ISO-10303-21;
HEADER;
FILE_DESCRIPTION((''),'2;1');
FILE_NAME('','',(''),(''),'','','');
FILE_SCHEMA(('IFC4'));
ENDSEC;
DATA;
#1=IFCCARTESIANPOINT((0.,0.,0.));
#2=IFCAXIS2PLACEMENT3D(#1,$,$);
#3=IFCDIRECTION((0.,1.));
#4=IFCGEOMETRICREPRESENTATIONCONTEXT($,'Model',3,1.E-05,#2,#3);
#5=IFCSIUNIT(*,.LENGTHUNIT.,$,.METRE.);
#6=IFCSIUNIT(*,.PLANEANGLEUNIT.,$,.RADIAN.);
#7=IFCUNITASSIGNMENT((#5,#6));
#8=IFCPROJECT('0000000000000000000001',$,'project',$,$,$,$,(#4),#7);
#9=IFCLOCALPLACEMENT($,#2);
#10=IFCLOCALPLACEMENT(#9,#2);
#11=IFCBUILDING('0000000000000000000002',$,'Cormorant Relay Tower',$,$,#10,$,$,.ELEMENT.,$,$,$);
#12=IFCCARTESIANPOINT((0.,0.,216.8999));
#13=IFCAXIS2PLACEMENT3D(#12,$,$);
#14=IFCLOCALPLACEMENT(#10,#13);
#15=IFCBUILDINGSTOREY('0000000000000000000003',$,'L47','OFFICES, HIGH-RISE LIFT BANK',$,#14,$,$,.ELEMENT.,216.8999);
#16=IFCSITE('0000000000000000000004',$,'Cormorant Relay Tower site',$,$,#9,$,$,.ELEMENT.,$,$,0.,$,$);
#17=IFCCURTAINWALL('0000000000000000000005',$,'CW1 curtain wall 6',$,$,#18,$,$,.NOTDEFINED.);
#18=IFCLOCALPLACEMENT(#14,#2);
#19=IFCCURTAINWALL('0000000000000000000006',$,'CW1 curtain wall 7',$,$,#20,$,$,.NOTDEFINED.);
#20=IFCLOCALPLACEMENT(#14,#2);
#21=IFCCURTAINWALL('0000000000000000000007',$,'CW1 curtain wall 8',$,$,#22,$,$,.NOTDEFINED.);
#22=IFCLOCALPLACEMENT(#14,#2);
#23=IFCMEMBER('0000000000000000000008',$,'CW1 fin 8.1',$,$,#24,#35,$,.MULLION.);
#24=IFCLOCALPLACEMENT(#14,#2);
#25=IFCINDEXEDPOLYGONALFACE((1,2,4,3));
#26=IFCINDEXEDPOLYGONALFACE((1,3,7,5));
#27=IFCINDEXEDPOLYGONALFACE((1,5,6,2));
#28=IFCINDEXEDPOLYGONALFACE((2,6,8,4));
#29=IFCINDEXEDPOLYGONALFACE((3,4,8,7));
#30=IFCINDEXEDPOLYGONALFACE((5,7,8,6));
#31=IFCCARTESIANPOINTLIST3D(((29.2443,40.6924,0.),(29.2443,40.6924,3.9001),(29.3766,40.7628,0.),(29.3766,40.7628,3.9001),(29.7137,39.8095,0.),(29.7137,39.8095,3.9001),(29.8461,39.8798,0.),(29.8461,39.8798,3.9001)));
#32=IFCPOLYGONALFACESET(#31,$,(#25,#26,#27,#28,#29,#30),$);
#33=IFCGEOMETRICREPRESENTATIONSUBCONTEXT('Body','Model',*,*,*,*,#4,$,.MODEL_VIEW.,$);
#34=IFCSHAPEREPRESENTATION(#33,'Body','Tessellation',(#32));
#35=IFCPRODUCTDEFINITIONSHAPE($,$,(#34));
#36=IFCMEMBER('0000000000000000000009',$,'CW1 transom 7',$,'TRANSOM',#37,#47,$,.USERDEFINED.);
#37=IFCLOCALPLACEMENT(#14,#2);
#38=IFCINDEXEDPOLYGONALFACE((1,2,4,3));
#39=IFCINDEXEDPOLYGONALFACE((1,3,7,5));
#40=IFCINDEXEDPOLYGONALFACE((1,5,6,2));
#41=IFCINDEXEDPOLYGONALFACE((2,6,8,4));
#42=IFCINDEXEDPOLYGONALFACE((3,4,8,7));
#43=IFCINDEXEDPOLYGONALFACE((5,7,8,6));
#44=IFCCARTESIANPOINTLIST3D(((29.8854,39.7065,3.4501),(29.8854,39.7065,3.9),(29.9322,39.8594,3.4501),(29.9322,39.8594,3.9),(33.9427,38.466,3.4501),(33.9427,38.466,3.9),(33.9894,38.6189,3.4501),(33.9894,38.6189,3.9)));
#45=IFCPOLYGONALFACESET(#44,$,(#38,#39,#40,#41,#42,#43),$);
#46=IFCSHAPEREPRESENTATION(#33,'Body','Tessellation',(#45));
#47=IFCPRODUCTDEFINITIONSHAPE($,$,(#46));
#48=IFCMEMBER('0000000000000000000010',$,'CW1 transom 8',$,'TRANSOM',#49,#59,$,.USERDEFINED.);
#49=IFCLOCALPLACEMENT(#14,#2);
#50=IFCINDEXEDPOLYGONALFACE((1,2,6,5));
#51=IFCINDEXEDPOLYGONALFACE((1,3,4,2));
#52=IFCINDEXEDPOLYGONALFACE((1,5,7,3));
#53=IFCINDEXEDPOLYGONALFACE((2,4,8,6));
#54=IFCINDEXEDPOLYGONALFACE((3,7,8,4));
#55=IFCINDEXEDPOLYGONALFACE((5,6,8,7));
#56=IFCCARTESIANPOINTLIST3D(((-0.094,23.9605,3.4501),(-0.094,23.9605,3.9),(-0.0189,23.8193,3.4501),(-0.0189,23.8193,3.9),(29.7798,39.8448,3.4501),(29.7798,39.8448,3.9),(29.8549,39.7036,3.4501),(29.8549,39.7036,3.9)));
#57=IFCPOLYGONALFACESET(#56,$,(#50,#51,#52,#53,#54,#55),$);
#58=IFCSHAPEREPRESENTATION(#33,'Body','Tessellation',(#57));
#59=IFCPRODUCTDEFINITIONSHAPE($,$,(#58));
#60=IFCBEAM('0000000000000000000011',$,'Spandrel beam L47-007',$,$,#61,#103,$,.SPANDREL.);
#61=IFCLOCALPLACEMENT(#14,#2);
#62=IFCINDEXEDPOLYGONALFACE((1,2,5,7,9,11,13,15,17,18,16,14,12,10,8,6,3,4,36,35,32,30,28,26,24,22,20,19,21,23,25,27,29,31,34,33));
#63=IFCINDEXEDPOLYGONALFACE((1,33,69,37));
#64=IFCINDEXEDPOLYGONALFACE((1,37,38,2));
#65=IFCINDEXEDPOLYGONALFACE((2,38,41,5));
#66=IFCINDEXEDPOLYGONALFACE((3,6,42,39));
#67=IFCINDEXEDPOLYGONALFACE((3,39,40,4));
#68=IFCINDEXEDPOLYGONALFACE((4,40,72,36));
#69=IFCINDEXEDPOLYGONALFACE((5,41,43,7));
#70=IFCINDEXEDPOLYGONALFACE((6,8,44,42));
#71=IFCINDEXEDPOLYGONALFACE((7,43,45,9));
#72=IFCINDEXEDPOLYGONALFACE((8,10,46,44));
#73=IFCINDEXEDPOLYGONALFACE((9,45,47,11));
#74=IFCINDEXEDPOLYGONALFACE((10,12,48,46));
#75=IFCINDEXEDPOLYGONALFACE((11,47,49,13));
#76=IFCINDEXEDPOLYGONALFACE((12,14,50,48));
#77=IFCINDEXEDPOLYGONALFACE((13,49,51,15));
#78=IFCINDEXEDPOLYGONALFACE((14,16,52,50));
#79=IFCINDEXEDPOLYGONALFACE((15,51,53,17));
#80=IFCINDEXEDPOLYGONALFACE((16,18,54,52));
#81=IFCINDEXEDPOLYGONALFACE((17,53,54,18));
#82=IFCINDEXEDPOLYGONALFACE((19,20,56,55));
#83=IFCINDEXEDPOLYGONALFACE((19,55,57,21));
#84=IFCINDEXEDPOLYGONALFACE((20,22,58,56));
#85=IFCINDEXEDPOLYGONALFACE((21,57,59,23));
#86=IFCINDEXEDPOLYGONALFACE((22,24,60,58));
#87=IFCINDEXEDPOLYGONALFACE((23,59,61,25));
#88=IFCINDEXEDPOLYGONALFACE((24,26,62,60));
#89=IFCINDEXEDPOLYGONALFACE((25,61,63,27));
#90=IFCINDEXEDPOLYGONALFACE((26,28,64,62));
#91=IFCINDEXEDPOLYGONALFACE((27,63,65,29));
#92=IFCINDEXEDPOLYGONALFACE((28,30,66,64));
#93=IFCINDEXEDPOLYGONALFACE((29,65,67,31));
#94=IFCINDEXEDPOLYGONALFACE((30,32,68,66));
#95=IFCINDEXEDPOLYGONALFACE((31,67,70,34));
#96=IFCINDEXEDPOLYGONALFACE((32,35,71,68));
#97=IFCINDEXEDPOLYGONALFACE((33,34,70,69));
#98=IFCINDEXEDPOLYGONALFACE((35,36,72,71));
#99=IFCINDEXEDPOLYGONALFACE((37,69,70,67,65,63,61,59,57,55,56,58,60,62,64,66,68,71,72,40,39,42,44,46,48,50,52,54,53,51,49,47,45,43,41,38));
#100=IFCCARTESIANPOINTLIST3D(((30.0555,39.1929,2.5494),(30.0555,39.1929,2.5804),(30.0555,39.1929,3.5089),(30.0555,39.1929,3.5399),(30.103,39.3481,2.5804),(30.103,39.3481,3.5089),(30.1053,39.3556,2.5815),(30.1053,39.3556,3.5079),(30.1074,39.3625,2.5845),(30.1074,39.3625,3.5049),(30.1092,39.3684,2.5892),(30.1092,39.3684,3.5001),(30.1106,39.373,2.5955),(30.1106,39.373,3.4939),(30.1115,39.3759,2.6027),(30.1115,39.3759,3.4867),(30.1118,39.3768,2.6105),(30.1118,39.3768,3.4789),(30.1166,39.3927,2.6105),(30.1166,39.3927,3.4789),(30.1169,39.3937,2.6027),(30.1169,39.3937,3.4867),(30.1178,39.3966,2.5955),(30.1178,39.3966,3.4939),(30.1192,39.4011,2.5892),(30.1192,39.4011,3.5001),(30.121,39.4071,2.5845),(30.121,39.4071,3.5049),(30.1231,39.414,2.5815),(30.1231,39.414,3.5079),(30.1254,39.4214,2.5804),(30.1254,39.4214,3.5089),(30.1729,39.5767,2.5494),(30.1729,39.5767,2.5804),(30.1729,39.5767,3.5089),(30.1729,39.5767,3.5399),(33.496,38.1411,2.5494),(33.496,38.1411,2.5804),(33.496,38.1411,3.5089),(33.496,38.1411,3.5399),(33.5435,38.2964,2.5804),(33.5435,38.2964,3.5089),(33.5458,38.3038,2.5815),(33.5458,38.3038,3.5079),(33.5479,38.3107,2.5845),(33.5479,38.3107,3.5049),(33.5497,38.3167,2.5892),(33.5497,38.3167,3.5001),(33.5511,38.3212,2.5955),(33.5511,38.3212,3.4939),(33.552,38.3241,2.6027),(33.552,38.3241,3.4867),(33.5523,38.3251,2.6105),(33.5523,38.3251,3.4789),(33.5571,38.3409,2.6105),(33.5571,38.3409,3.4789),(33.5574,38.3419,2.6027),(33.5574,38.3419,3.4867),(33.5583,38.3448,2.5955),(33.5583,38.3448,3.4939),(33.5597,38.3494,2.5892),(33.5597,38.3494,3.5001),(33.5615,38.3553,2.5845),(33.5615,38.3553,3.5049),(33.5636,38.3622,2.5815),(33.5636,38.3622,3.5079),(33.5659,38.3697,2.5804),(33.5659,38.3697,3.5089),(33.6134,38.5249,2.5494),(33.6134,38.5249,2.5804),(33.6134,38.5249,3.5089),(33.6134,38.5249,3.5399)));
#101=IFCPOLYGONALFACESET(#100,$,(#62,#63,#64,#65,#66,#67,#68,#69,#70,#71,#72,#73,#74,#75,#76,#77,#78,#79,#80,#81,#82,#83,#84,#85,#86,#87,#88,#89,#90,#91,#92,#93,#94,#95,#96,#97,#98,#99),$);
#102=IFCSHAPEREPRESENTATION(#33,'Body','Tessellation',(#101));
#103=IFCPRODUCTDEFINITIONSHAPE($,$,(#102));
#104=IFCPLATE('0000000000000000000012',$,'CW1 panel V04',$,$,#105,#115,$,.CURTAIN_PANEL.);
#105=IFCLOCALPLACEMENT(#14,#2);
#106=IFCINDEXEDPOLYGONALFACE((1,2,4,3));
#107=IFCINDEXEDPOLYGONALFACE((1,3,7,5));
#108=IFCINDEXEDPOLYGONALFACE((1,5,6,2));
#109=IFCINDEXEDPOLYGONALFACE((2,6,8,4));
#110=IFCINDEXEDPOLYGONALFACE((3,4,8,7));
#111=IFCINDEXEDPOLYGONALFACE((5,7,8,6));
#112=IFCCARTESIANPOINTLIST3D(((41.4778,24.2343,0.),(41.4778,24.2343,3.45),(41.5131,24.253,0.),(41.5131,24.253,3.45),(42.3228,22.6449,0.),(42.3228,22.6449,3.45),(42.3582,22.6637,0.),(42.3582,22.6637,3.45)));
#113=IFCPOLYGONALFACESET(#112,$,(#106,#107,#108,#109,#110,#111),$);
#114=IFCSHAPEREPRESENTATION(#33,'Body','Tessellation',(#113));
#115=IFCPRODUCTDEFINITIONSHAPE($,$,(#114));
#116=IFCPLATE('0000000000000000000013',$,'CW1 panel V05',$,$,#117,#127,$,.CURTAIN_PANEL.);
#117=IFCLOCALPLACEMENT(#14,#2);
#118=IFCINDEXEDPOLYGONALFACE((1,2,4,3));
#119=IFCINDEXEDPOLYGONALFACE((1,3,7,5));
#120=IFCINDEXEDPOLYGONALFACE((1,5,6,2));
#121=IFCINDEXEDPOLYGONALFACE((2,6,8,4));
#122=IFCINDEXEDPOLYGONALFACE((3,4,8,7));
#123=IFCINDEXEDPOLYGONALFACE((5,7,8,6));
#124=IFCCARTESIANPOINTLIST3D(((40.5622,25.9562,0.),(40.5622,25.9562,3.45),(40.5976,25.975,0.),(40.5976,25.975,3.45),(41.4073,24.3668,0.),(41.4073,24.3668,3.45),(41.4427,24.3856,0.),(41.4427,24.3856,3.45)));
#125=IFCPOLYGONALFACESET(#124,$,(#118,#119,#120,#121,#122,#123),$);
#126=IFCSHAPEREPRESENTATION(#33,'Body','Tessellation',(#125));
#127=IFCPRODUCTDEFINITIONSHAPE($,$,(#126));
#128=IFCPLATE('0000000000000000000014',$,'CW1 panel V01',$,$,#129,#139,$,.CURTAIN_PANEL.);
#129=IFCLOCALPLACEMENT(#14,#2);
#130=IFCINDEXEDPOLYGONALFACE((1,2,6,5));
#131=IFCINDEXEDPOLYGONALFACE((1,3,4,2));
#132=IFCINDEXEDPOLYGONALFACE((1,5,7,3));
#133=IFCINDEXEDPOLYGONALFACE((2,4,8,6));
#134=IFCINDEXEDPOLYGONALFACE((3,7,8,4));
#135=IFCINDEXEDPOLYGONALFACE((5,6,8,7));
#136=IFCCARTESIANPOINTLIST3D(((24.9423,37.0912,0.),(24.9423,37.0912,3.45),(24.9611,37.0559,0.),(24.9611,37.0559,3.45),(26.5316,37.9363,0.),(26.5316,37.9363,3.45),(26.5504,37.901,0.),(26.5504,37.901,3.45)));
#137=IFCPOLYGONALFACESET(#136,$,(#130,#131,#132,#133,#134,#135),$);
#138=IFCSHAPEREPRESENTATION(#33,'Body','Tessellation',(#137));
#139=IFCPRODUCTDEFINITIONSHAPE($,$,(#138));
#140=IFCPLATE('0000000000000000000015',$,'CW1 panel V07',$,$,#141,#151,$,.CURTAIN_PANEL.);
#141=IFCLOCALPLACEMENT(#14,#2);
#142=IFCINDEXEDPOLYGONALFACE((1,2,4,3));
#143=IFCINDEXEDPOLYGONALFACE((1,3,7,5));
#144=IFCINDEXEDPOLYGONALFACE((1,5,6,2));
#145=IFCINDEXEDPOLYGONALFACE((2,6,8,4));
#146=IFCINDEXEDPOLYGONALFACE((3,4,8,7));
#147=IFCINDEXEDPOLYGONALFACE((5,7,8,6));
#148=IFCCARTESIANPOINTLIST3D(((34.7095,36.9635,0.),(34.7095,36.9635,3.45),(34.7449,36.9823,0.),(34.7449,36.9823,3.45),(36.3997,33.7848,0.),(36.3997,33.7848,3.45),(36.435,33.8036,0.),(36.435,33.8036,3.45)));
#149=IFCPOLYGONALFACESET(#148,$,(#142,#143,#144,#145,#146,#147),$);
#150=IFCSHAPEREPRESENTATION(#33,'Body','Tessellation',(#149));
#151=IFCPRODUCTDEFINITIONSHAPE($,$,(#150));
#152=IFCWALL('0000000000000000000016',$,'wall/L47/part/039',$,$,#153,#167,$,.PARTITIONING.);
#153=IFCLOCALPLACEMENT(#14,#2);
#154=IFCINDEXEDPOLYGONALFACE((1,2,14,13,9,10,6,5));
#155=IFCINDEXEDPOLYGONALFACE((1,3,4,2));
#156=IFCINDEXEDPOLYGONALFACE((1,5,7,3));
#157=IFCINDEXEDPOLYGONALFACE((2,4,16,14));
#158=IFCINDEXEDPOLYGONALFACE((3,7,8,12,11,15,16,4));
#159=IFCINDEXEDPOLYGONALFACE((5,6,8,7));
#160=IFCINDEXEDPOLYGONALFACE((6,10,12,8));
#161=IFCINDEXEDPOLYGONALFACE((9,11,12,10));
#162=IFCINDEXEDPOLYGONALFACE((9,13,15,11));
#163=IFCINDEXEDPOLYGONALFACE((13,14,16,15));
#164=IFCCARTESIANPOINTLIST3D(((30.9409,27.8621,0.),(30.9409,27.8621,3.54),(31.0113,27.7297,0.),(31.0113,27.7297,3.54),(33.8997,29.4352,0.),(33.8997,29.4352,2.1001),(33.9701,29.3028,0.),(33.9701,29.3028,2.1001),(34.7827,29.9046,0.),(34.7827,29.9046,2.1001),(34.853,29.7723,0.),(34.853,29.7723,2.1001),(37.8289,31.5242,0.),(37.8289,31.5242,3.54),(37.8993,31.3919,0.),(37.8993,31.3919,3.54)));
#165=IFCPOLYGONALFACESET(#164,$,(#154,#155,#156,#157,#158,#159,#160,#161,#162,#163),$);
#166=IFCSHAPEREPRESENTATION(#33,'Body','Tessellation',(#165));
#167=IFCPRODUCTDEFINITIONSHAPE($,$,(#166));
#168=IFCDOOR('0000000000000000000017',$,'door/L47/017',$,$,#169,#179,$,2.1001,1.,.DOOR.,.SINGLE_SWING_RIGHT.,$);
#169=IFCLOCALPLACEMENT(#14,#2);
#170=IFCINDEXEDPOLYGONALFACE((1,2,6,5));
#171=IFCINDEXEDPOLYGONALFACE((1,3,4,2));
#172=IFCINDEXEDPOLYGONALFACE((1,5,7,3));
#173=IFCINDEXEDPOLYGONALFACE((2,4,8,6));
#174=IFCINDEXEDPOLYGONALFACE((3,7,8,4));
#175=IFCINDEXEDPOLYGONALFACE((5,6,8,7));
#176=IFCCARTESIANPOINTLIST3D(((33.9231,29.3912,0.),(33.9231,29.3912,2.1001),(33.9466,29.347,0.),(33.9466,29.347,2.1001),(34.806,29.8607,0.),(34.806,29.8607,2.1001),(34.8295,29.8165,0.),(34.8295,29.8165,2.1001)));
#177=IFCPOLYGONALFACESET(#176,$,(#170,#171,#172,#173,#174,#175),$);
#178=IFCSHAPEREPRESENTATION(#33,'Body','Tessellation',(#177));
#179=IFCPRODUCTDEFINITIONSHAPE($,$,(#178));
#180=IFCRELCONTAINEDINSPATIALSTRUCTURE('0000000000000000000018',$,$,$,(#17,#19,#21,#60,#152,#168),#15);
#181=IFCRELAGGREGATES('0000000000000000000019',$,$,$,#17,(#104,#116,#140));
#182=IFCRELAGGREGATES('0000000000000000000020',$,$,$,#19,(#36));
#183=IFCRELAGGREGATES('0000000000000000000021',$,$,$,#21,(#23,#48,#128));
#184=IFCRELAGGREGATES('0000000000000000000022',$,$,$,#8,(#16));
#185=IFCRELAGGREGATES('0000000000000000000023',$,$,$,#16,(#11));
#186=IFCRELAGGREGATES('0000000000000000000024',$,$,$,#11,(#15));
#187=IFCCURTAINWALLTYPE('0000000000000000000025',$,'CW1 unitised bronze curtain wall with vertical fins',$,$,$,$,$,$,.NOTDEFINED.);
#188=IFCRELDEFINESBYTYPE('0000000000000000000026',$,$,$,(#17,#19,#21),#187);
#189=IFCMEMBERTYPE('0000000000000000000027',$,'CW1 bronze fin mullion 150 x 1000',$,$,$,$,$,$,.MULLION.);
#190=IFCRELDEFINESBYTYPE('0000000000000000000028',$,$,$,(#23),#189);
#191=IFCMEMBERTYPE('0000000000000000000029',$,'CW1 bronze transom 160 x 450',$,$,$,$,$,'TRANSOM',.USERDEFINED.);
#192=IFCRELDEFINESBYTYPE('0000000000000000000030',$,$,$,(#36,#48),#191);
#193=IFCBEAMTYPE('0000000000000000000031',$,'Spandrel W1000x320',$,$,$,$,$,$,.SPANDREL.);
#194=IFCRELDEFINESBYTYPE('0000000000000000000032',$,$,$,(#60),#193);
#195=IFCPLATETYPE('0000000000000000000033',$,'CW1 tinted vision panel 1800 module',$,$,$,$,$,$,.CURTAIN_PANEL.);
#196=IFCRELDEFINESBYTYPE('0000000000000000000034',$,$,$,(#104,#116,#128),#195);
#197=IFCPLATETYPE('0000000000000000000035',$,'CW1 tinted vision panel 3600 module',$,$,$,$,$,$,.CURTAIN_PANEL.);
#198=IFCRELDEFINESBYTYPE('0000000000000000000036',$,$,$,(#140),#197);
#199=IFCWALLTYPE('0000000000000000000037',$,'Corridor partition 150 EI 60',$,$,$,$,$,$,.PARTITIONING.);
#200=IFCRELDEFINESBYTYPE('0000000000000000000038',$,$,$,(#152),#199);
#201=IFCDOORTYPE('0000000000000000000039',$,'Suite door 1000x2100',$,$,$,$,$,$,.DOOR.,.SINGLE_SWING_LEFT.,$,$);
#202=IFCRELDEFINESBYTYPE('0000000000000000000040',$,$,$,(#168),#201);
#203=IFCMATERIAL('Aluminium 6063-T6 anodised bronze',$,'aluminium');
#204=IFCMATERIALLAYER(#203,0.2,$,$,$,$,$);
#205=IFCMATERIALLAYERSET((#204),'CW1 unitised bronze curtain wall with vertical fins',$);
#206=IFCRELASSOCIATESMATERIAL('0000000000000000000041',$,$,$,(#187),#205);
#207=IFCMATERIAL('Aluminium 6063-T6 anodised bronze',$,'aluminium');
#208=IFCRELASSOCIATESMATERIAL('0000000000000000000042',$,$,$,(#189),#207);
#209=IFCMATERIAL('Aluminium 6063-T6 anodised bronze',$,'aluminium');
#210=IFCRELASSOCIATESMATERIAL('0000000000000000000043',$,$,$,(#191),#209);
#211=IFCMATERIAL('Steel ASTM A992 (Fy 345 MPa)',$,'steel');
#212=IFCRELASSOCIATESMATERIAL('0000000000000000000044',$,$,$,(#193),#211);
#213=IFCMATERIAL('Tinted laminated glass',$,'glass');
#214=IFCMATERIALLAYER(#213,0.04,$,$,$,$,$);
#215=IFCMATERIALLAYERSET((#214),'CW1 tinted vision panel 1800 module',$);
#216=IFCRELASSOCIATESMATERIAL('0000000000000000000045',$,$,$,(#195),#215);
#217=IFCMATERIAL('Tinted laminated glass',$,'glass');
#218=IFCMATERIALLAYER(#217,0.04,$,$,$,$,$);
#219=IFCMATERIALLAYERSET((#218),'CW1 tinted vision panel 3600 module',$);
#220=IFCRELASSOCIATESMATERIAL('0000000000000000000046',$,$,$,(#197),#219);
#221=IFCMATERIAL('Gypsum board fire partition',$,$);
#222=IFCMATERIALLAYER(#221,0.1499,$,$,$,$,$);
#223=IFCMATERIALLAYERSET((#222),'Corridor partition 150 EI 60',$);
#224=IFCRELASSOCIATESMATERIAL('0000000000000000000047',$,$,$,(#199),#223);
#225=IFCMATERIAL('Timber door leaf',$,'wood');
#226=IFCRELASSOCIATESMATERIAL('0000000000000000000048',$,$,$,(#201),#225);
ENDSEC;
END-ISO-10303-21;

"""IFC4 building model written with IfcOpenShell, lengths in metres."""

from ifc_helpers import new_model, si_unit, direction, frame, frame_2d, origin, origin_2d, place, context, subcontext, project, spatial, rectangle, i_section, extrude, material, layer, layer_set, material_profile, profile_set, type_object, element, fill, aggregate, save


model = new_model("IFC4")

# Units and contexts
model_context = context("Model", 3, precision=1e-05, world=origin(), true_north=direction((0.0, 1.0)))
body_context = subcontext(model_context, "Body", "Model", "MODEL_VIEW")
ifc_project = project(units=[si_unit("LENGTHUNIT", "METRE"), si_unit("PLANEANGLEUNIT", "RADIAN")], contexts=[model_context])

# Site, building, storey
site_placement = place(None, origin())
site = spatial("IfcSite", under=ifc_project, at=site_placement, Name="Cormorant Relay Tower site", CompositionType="ELEMENT", RefElevation=0.0)
building_placement = place(site_placement, origin())
building = spatial("IfcBuilding", under=site, at=building_placement, Name="Cormorant Relay Tower", CompositionType="ELEMENT")
storey_placement = place(building_placement, frame((0.0, 0.0, 216.8999)))
storey = spatial("IfcBuildingStorey", under=building, at=storey_placement, Name="L47", Description="OFFICES, HIGH-RISE LIFT BANK", CompositionType="ELEMENT", Elevation=216.8999)

# Curtain wall
ifc_material_1 = material(Name="Aluminium 6063-T6 anodised bronze", Category="aluminium")
ifc_layer_1 = layer(ifc_material_1, 0.2)
ifc_layer_set_1 = layer_set([ifc_layer_1], Name="CW1 unitised bronze curtain wall with vertical fins")
curtain_wall_type = type_object("IfcCurtainWallType", Name="CW1 unitised bronze curtain wall with vertical fins", PredefinedType="NOTDEFINED", material=ifc_layer_set_1)
curtain_wall_1_placement = place(storey_placement, origin())
curtain_wall_1 = element("IfcCurtainWall", 1, at=curtain_wall_1_placement, inside=storey, type_object=curtain_wall_type, Name="CW1 curtain wall 6", PredefinedType="NOTDEFINED")
ifc_material_2 = material(Name="Aluminium 6063-T6 anodised bronze", Category="aluminium")
ifc_material_profile_1 = material_profile(ifc_material_2, rectangle(XDim=0.1499, YDim=1.0, at=origin_2d()), Name="AL 150x1000")
ifc_profile_set_1 = profile_set([ifc_material_profile_1], Name="Aluminium 6063-T6 anodised bronze")
member_type_1 = type_object("IfcMemberType", Name="CW1 bronze fin mullion 150 x 1000", PredefinedType="MULLION", material=ifc_profile_set_1)

# Curtain walls, member
curtain_wall_2_placement = place(storey_placement, origin())
curtain_wall_2 = element("IfcCurtainWall", 2, at=curtain_wall_2_placement, inside=storey, type_object=curtain_wall_type, Name="CW1 curtain wall 7", PredefinedType="NOTDEFINED")
curtain_wall_3_placement = place(storey_placement, origin())
curtain_wall_3 = element("IfcCurtainWall", 3, at=curtain_wall_3_placement, inside=storey, type_object=curtain_wall_type, Name="CW1 curtain wall 8", PredefinedType="NOTDEFINED")
member_1_placement = place(storey_placement, frame((29.5452, 40.2861, 0.0), z_axis=(0.0, 0.0, 1.0), x_axis=(-0.882948, -0.469472, 0.0)))
member_1 = element("IfcMember", 4, at=member_1_placement, type_object=member_type_1, Name="CW1 fin 8.1", PredefinedType="MULLION", context=body_context, shape_type="SweptSolid", body=[
    extrude(rectangle(XDim=0.1499, YDim=1.0, at=origin_2d()), origin(), (0.0, 0.0, 1.0), 3.9001),
])

# Members
ifc_material_3 = material(Name="Aluminium 6063-T6 anodised bronze", Category="aluminium")
ifc_material_profile_2 = material_profile(ifc_material_3, rectangle(XDim=0.1599, YDim=0.45, at=origin_2d()), Name="AL 160x450")
ifc_profile_set_2 = profile_set([ifc_material_profile_2], Name="Aluminium 6063-T6 anodised bronze")
member_type_2 = type_object("IfcMemberType", Name="CW1 bronze transom 160 x 450", ElementType="TRANSOM", PredefinedType="USERDEFINED", material=ifc_profile_set_2)
member_2_placement = place(storey_placement, frame((33.9661, 38.5425, 3.675), z_axis=(-0.956304, 0.292375, 0.0), x_axis=(-0.292375, -0.956304, 0.0)))
member_2 = element("IfcMember", 5, at=member_2_placement, type_object=member_type_2, Name="CW1 transom 7", ObjectType="TRANSOM", PredefinedType="USERDEFINED", context=body_context, shape_type="SweptSolid", body=[
    extrude(rectangle(XDim=0.1599, YDim=0.45, at=origin_2d()), origin(), (0.0, 0.0, 1.0), 4.2427),
])
member_3_placement = place(storey_placement, frame((29.8174, 39.7742, 3.675), z_axis=(-0.882946, -0.469474, 0.0), x_axis=(0.469474, -0.882946, 0.0)))
member_3 = element("IfcMember", 6, at=member_3_placement, type_object=member_type_2, Name="CW1 transom 8", ObjectType="TRANSOM", PredefinedType="USERDEFINED", context=body_context, shape_type="SweptSolid", body=[
    extrude(rectangle(XDim=0.1599, YDim=0.45, at=origin_2d()), origin(), (0.0, 0.0, 1.0), 33.8342),
])

# Beam
ifc_material_4 = material(Name="Steel ASTM A992 (Fy 345 MPa)", Category="steel")
ifc_material_profile_3 = material_profile(ifc_material_4, i_section(OverallWidth=0.4014, OverallDepth=0.9905, WebThickness=0.0166, FlangeThickness=0.031, FilletRadius=0.03, at=origin_2d()), Name="W1000x320")
ifc_profile_set_3 = profile_set([ifc_material_profile_3], Name="Steel ASTM A992 (Fy 345 MPa)")
beam_type = type_object("IfcBeamType", Name="Spandrel W1000x320", PredefinedType="SPANDREL", material=ifc_profile_set_3)
beam_placement = place(storey_placement, frame((33.5547, 38.333, 3.0447), z_axis=(-0.956312, 0.29235, 0.0), x_axis=(-0.29235, -0.956312, 0.0)))
element("IfcBeam", 7, at=beam_placement, inside=storey, type_object=beam_type, Name="Spandrel beam L47-007", PredefinedType="SPANDREL", context=body_context, shape_type="SweptSolid", body=[
    extrude(i_section(OverallWidth=0.4014, OverallDepth=0.9905, WebThickness=0.0166, FlangeThickness=0.031, FilletRadius=0.03, at=origin_2d()), origin(), (0.0, 0.0, 1.0), 3.5977),
])

# Plates
ifc_material_5 = material(Name="Tinted laminated glass", Category="glass")
ifc_layer_2 = layer(ifc_material_5, 0.04)
ifc_layer_set_2 = layer_set([ifc_layer_2], Name="CW1 tinted vision panel 1800 module")
plate_type_1 = type_object("IfcPlateType", Name="CW1 tinted vision panel 1800 module", PredefinedType="CURTAIN_PANEL", material=ifc_layer_set_2)
plate_1_placement = place(storey_placement, frame((41.918, 23.449, 0.0), z_axis=(0.0, 0.0, 1.0), x_axis=(-0.469472, 0.882948, 0.0)))
plate_1 = element("IfcPlate", 8, at=plate_1_placement, type_object=plate_type_1, Name="CW1 panel V04", PredefinedType="CURTAIN_PANEL", context=body_context, shape_type="SweptSolid", body=[
    extrude(rectangle(XDim=1.8, YDim=0.04, at=origin_2d()), origin(), (0.0, 0.0, 1.0), 3.45),
])
plate_2_placement = place(storey_placement, frame((41.0024, 25.1709, 0.0), z_axis=(0.0, 0.0, 1.0), x_axis=(-0.469472, 0.882948, 0.0)))
plate_2 = element("IfcPlate", 9, at=plate_2_placement, type_object=plate_type_1, Name="CW1 panel V05", PredefinedType="CURTAIN_PANEL", context=body_context, shape_type="SweptSolid", body=[
    extrude(rectangle(XDim=1.8, YDim=0.04, at=origin_2d()), origin(), (0.0, 0.0, 1.0), 3.45),
])
plate_3_placement = place(storey_placement, frame((25.7463, 37.4961, 0.0), z_axis=(0.0, 0.0, 1.0), x_axis=(-0.882948, -0.469472, 0.0)))
plate_3 = element("IfcPlate", 10, at=plate_3_placement, type_object=plate_type_1, Name="CW1 panel V01", PredefinedType="CURTAIN_PANEL", context=body_context, shape_type="SweptSolid", body=[
    extrude(rectangle(XDim=1.8, YDim=0.04, at=origin_2d()), origin(), (0.0, 0.0, 1.0), 3.45),
])
ifc_material_6 = material(Name="Tinted laminated glass", Category="glass")
ifc_layer_3 = layer(ifc_material_6, 0.04)
ifc_layer_set_3 = layer_set([ifc_layer_3], Name="CW1 tinted vision panel 3600 module")
plate_type_2 = type_object("IfcPlateType", Name="CW1 tinted vision panel 3600 module", PredefinedType="CURTAIN_PANEL", material=ifc_layer_set_3)
plate_4_placement = place(storey_placement, frame((35.5723, 35.3835, 0.0), z_axis=(0.0, 0.0, 1.0), x_axis=(-0.469472, 0.882948, 0.0)))
plate_4 = element("IfcPlate", 11, at=plate_4_placement, type_object=plate_type_2, Name="CW1 panel V07", PredefinedType="CURTAIN_PANEL", context=body_context, shape_type="SweptSolid", body=[
    extrude(rectangle(XDim=3.6001, YDim=0.04, at=origin_2d()), origin(), (0.0, 0.0, 1.0), 3.45),
])

# Wall, opening, door
ifc_material_7 = material(Name="Gypsum board fire partition")
ifc_layer_4 = layer(ifc_material_7, 0.1499)
ifc_layer_set_4 = layer_set([ifc_layer_4], Name="Corridor partition 150 EI 60")
wall_type_1 = type_object("IfcWallType", Name="Corridor partition 150 EI 60", PredefinedType="PARTITIONING", material=ifc_layer_set_4)
wall_1_placement = place(storey_placement, frame((37.864, 31.458, 0.0), z_axis=(0.0, 0.0, 1.0), x_axis=(-0.882962, -0.469444, 0.0)))
wall_1 = element("IfcWall", 12, at=wall_1_placement, inside=storey, type_object=wall_type_1, Name="wall/L47/part/039", PredefinedType="PARTITIONING", context=body_context, shape_type="SweptSolid", body=[
    extrude(rectangle(XDim=7.801, YDim=0.1499, at=frame_2d((3.9004, 0.0))), origin(), (0.0, 0.0, 1.0), 3.54),
])
opening_1_placement = place(wall_1_placement, frame((3.45, 0.0, 0.0)))
opening_1 = element("IfcOpeningElement", 13, at=opening_1_placement, cuts=wall_1, PredefinedType="OPENING", context=body_context, shape_type="SweptSolid", body=[
    extrude(rectangle(XDim=1.0, YDim=2.1001, at=frame_2d((0.5, 1.05))), frame((0.0, 0.085, 0.0), z_axis=(0.0, -1.0, 0.0), x_axis=(1.0, 0.0, 0.0)), (0.0, 0.0, 1.0), 0.1699),
])
ifc_material_8 = material(Name="Timber door leaf", Category="wood")
door_type = type_object("IfcDoorType", Name="Suite door 1000x2100", OperationType="SINGLE_SWING_LEFT", PredefinedType="DOOR", material=ifc_material_8)
door_1_placement = place(opening_1_placement, origin())
door_1 = element("IfcDoor", 14, at=door_1_placement, inside=storey, type_object=door_type, Name="door/L47/017", OperationType="SINGLE_SWING_RIGHT", OverallHeight=2.1001, OverallWidth=1.0, PredefinedType="DOOR", context=body_context, shape_type="SweptSolid", body=[
    extrude(rectangle(XDim=1.0, YDim=2.1001, at=frame_2d((0.5, 1.05))), frame((0.0, 0.0249, 0.0), z_axis=(0.0, -1.0, 0.0), x_axis=(1.0, 0.0, 0.0)), (0.0, 0.0, 1.0), 0.05),
])
fill(opening_1, door_1)

aggregate(curtain_wall_1, [plate_1, plate_2, plate_4])
aggregate(curtain_wall_2, [member_2])
aggregate(curtain_wall_3, [member_1, member_3, plate_3])

save(model, "model.ifc")
